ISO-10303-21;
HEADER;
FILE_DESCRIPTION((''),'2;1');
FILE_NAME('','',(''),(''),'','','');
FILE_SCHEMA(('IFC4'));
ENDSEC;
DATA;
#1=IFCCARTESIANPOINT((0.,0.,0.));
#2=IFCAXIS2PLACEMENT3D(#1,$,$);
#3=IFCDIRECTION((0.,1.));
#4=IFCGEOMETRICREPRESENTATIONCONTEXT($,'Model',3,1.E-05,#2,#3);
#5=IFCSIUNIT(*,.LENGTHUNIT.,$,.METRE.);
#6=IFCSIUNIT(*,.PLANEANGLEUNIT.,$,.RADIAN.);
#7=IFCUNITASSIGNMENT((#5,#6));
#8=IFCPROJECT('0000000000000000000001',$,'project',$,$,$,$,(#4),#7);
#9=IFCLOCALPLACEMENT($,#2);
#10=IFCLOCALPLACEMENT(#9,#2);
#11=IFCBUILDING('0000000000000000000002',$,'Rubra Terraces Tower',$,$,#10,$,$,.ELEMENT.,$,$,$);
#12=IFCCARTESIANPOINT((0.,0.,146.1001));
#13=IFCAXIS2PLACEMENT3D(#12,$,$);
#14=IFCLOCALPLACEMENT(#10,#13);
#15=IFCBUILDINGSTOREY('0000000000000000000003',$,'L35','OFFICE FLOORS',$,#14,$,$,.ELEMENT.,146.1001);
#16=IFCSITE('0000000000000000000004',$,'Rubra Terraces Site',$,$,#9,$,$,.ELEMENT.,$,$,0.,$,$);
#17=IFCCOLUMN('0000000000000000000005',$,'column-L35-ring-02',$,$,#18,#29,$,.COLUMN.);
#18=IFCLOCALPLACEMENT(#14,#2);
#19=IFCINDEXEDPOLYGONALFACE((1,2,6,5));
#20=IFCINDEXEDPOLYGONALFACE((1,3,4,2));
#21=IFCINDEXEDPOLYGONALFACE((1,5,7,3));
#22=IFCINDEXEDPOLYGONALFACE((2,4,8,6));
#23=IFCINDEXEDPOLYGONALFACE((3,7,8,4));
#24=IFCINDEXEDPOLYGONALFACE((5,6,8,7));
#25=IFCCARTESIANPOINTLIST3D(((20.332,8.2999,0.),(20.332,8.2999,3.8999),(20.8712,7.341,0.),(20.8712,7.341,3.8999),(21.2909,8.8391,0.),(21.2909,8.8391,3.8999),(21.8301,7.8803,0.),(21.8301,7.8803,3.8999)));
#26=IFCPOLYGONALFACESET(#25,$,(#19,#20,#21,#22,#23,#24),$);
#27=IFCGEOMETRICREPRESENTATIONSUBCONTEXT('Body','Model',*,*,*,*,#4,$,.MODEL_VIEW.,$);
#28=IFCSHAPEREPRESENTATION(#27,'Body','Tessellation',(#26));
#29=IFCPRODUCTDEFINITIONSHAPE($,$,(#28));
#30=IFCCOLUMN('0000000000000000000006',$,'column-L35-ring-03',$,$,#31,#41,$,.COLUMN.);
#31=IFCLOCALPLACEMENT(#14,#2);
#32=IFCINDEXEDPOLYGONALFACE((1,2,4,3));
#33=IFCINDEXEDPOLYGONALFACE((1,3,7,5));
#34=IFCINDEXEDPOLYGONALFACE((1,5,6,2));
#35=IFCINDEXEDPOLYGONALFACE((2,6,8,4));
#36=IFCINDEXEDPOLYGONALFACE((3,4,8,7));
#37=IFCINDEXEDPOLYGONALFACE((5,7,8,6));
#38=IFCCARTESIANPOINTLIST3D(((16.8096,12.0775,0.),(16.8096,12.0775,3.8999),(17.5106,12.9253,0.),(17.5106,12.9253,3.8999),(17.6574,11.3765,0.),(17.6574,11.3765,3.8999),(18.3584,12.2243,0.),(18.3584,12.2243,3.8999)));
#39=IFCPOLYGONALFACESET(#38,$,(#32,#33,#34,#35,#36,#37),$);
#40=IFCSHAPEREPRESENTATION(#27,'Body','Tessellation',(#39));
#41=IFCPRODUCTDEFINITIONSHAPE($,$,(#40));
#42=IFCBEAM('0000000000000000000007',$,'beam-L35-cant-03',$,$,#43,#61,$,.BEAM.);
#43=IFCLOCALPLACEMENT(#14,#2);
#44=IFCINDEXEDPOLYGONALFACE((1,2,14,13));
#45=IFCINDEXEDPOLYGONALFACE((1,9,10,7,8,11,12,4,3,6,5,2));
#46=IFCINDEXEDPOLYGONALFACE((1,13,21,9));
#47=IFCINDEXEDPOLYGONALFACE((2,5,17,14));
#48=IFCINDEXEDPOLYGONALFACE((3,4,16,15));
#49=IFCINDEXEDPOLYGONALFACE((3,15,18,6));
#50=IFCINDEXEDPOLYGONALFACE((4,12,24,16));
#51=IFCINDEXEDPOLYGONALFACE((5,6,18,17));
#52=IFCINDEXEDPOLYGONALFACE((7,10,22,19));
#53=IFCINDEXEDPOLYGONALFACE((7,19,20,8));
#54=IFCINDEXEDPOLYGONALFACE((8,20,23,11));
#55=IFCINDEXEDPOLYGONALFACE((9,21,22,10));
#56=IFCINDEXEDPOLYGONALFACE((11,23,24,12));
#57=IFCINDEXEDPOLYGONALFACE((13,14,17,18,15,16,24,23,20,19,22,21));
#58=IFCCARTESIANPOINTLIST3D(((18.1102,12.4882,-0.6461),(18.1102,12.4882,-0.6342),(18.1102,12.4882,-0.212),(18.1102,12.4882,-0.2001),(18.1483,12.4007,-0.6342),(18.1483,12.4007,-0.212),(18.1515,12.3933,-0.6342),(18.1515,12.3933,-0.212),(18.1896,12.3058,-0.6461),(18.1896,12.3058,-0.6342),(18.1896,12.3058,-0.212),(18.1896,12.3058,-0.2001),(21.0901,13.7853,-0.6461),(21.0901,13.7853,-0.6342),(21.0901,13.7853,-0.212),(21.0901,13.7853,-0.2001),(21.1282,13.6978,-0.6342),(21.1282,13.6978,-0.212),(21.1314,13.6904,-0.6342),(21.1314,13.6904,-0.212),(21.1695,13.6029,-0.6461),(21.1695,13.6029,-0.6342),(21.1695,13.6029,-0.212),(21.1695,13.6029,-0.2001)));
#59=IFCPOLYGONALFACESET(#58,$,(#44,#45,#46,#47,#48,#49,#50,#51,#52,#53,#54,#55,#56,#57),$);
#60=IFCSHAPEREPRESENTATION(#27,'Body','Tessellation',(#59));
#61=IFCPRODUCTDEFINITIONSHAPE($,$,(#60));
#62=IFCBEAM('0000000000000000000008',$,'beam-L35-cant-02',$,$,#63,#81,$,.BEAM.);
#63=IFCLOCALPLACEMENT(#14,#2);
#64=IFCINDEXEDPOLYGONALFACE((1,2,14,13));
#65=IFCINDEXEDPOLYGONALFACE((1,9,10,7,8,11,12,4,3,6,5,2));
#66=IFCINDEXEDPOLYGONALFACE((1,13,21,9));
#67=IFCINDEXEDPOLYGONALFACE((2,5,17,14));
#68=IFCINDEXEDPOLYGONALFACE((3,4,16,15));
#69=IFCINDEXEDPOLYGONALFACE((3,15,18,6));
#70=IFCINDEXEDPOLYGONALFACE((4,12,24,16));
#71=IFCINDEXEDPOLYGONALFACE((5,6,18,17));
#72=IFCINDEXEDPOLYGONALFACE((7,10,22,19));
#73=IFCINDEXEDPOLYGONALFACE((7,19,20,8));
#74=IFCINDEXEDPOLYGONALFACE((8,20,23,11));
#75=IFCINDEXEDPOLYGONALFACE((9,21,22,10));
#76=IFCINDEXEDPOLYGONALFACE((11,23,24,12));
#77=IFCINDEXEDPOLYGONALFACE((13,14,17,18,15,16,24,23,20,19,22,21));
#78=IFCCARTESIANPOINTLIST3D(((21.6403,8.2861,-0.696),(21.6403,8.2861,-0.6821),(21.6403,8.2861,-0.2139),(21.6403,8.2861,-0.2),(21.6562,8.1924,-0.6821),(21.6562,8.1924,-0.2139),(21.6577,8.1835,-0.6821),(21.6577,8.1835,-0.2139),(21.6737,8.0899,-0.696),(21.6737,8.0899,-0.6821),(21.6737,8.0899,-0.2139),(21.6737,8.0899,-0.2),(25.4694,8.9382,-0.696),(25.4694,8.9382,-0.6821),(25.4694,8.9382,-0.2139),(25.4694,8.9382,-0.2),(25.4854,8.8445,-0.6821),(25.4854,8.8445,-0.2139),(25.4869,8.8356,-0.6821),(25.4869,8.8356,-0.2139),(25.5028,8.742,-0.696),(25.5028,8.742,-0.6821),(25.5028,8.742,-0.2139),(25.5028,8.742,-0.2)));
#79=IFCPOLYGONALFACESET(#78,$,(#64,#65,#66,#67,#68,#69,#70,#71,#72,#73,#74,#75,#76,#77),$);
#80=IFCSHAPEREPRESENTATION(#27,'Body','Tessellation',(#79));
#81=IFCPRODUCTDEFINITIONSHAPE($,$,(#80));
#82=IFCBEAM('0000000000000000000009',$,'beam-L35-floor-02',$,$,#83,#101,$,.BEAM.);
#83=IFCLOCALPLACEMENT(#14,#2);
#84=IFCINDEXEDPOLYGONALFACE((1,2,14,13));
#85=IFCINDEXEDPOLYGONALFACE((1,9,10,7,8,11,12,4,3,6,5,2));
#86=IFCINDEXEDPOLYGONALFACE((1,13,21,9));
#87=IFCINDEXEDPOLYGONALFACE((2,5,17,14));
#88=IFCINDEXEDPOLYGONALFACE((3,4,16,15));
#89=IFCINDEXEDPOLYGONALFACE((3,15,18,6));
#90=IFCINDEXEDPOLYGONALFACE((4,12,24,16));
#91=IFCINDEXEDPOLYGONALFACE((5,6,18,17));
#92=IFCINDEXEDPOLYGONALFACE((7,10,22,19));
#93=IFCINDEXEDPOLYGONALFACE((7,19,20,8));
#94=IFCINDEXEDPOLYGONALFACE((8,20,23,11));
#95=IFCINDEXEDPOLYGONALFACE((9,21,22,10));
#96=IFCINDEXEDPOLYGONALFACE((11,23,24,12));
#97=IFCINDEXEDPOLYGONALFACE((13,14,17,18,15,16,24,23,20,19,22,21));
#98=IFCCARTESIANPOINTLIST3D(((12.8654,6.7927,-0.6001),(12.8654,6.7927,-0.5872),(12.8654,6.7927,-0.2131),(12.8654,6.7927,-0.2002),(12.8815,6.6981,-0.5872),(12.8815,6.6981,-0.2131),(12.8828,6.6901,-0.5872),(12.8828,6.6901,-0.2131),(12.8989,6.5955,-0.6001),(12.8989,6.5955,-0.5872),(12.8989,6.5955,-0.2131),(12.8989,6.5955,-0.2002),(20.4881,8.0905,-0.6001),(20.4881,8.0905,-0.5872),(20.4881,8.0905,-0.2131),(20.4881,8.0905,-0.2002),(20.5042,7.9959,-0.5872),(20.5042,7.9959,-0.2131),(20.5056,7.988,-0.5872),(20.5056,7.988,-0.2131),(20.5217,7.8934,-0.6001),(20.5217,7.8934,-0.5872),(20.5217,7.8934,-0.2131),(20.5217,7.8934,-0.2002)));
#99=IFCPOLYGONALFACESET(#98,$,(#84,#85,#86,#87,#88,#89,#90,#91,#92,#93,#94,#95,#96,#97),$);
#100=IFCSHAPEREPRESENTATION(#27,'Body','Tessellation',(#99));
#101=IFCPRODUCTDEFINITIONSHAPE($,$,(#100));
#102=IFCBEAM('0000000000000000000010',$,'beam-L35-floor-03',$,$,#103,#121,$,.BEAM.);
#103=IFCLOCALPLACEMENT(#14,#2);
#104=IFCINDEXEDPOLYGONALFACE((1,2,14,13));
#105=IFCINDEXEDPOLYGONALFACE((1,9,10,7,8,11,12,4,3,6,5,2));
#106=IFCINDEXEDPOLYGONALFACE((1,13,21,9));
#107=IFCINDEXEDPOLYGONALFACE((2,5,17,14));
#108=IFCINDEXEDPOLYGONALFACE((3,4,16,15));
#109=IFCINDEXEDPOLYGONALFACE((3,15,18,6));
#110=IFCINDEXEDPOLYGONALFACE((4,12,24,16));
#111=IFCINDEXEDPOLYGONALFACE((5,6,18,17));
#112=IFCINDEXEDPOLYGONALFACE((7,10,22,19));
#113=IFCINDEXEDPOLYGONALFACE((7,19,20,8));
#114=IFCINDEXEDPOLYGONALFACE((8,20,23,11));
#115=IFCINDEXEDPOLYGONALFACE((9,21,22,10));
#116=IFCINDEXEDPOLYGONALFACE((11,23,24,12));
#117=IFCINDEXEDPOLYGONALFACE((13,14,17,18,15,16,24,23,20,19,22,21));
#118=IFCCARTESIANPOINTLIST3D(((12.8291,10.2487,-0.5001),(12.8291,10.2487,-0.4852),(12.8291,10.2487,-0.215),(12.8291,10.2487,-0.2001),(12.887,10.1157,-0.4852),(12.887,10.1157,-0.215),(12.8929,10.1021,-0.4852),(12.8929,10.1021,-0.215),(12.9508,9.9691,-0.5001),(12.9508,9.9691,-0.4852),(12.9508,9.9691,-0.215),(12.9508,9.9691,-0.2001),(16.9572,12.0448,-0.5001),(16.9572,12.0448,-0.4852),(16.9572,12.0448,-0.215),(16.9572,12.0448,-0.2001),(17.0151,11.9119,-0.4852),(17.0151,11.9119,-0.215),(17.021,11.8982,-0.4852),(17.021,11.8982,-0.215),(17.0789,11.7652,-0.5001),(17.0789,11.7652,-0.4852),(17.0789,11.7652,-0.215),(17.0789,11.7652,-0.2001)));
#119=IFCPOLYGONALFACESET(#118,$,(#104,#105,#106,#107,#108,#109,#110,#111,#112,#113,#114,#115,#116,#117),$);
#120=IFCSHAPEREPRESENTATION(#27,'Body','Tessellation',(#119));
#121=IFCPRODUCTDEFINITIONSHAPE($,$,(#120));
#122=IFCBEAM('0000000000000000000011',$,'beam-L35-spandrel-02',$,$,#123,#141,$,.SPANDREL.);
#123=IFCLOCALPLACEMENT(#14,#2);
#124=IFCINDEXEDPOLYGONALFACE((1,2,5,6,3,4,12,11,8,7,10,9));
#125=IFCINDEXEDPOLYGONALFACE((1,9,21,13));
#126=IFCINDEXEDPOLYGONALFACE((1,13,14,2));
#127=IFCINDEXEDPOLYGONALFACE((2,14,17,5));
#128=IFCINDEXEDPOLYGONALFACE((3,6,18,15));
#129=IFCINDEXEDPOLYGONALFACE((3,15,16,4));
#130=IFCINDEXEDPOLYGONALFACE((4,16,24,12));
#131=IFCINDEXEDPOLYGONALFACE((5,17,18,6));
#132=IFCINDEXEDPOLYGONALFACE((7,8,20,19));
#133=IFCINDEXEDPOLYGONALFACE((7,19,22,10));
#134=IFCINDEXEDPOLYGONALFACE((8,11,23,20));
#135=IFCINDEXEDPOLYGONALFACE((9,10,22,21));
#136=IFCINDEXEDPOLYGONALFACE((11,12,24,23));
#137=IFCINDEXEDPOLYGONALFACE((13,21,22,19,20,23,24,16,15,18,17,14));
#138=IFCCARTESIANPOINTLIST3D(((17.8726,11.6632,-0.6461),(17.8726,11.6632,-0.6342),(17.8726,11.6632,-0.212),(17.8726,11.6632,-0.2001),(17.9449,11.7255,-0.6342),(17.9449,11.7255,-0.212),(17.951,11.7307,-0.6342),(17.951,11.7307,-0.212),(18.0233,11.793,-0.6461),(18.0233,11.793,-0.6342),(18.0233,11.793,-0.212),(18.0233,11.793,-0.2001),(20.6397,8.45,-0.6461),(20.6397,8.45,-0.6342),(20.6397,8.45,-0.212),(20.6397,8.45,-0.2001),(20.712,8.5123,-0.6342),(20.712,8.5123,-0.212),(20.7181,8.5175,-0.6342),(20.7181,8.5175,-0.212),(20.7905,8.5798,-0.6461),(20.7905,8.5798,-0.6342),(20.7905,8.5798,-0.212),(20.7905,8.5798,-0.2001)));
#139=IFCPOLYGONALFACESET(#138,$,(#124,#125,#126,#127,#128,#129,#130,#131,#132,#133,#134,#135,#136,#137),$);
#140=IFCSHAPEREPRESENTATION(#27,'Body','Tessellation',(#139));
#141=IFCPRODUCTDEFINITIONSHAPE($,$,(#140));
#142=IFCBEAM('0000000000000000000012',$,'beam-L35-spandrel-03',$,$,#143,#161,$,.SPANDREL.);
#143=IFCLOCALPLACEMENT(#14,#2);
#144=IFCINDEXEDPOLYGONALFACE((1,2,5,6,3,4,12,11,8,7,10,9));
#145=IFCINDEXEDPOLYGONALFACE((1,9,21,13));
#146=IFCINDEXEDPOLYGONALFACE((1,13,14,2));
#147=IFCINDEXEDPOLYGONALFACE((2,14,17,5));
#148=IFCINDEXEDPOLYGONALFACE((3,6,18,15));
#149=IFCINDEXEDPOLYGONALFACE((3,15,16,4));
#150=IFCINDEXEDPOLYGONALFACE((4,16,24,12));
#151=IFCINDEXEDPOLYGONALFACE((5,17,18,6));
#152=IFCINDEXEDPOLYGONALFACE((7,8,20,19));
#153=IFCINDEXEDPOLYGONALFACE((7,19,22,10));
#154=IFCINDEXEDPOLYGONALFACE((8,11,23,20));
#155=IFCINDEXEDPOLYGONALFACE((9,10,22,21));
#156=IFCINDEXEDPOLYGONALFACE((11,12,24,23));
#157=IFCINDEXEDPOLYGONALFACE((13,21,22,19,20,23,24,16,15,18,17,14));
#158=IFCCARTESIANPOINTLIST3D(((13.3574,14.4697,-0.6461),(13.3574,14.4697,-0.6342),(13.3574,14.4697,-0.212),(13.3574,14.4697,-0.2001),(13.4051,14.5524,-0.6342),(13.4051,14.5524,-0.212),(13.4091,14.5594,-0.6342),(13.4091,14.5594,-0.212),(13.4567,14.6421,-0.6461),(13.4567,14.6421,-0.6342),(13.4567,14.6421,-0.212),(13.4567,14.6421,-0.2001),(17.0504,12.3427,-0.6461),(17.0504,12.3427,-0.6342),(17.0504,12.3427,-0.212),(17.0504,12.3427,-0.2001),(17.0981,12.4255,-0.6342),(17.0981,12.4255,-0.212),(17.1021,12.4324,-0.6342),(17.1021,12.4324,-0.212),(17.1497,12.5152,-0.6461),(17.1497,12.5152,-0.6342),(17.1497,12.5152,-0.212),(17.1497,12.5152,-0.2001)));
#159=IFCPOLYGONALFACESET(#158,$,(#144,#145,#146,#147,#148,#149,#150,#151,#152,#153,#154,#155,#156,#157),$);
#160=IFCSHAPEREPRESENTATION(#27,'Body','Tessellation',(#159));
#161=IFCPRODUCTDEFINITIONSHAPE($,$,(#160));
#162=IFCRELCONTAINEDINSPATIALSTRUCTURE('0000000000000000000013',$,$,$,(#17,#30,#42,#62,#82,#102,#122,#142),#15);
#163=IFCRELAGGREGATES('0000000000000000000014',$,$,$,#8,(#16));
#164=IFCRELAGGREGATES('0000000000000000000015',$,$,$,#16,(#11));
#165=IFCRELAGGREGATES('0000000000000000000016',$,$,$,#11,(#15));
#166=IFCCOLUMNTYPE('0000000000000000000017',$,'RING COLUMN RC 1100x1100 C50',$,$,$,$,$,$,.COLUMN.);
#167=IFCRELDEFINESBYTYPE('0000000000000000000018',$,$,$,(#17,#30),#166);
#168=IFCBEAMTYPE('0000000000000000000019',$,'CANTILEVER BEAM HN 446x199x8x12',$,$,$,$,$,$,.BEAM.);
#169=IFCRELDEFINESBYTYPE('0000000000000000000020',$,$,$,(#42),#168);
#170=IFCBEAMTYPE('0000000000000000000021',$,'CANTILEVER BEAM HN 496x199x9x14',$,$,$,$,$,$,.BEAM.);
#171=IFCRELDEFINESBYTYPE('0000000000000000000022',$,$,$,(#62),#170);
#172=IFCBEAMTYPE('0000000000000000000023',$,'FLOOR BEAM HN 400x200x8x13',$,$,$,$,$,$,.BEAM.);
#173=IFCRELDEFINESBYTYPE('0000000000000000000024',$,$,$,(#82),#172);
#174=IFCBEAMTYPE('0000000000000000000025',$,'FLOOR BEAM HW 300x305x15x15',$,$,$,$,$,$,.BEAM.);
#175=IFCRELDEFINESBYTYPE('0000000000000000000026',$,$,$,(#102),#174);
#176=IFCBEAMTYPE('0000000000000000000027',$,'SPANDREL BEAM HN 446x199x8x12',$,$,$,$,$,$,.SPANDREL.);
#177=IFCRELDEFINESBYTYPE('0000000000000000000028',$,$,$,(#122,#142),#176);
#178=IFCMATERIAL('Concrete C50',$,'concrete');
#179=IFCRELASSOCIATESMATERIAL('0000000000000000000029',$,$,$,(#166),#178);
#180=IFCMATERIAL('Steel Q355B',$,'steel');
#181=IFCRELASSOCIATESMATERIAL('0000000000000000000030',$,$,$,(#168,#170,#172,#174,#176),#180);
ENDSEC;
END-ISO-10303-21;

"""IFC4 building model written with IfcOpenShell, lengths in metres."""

from ifc_helpers import new_model, si_unit, direction, frame, origin, origin_2d, place, context, subcontext, project, spatial, rectangle, i_section, extrude, material, material_profile, profile_set, type_object, element, save


model = new_model("IFC4")

# Units and contexts
model_context = context("Model", 3, precision=1e-05, world=origin(), true_north=direction((0.0, 1.0)))
body_context = subcontext(model_context, "Body", "Model", "MODEL_VIEW")
ifc_project = project(units=[si_unit("LENGTHUNIT", "METRE"), si_unit("PLANEANGLEUNIT", "RADIAN")], contexts=[model_context])

# Site, building, storey
site_placement = place(None, origin())
site = spatial("IfcSite", under=ifc_project, at=site_placement, Name="Rubra Terraces Site", CompositionType="ELEMENT", RefElevation=0.0)
building_placement = place(site_placement, origin())
building = spatial("IfcBuilding", under=site, at=building_placement, Name="Rubra Terraces Tower", CompositionType="ELEMENT")
storey_placement = place(building_placement, frame((0.0, 0.0, 146.1001)))
storey = spatial("IfcBuildingStorey", under=building, at=storey_placement, Name="L35", Description="OFFICE FLOORS", CompositionType="ELEMENT", Elevation=146.1001)

# Columns
ifc_material_1 = material(Name="Concrete C50", Category="concrete")
ifc_material_profile_1 = material_profile(ifc_material_1, rectangle(XDim=1.1001, YDim=1.1001, at=origin_2d()), Name="RC 1100x1100")
ifc_profile_set_1 = profile_set([ifc_material_profile_1], Name="Concrete C50")
column_type = type_object("IfcColumnType", Name="RING COLUMN RC 1100x1100 C50", PredefinedType="COLUMN", material=ifc_profile_set_1)
for number, where, z_axis, x_axis, name in (
    (1, (21.0811, 8.0901, 0.0), (0.0, 0.0, 1.0), (-0.490162, 0.871631, 0.0), "column-L35-ring-02"),
    (2, (17.584, 12.1509, 0.0), (0.0, 0.0, 1.0), (-0.770679, 0.637223, 0.0), "column-L35-ring-03"),
):
    element("IfcColumn", number, at=place(storey_placement, frame(where, z_axis=z_axis, x_axis=x_axis)), inside=storey, type_object=column_type, Name=name, PredefinedType="COLUMN", context=body_context, shape_type="SweptSolid", body=[
        extrude(rectangle(XDim=1.1001, YDim=1.1001, at=origin_2d()), origin(), (0.0, 0.0, 1.0), 3.8999),
    ])

# Beams
ifc_material_2 = material(Name="Steel Q355B", Category="steel")
ifc_material_profile_2 = material_profile(ifc_material_2, i_section(OverallWidth=0.199, OverallDepth=0.446, WebThickness=0.0081, FlangeThickness=0.012, at=origin_2d()), Name="HN 446x199x8x12")
ifc_profile_set_2 = profile_set([ifc_material_profile_2], Name="Steel Q355B")
beam_type_1 = type_object("IfcBeamType", Name="CANTILEVER BEAM HN 446x199x8x12", PredefinedType="BEAM", material=ifc_profile_set_2)
beam_1_placement = place(storey_placement, frame((18.1499, 12.397, -0.4231), z_axis=(0.916904, 0.399108, 0.0), x_axis=(-0.399108, 0.916904, 0.0)))
element("IfcBeam", 3, at=beam_1_placement, inside=storey, type_object=beam_type_1, Name="beam-L35-cant-03", PredefinedType="BEAM", context=body_context, shape_type="SweptSolid", body=[
    extrude(i_section(OverallWidth=0.199, OverallDepth=0.446, WebThickness=0.0081, FlangeThickness=0.012, at=origin_2d()), origin(), (0.0, 0.0, 1.0), 3.25),
])
ifc_material_profile_3 = material_profile(ifc_material_2, i_section(OverallWidth=0.199, OverallDepth=0.4961, WebThickness=0.009, FlangeThickness=0.0139, at=origin_2d()), Name="HN 496x199x9x14")
ifc_profile_set_3 = profile_set([ifc_material_profile_3], Name="Steel Q355B")
beam_type_2 = type_object("IfcBeamType", Name="CANTILEVER BEAM HN 496x199x9x14", PredefinedType="BEAM", material=ifc_profile_set_3)
beam_2_placement = place(storey_placement, frame((21.657, 8.188, -0.448), z_axis=(0.985807, 0.167884, 0.0), x_axis=(-0.167884, 0.985807, 0.0)))
element("IfcBeam", 4, at=beam_2_placement, inside=storey, type_object=beam_type_2, Name="beam-L35-cant-02", PredefinedType="BEAM", context=body_context, shape_type="SweptSolid", body=[
    extrude(i_section(OverallWidth=0.199, OverallDepth=0.4961, WebThickness=0.009, FlangeThickness=0.0139, at=origin_2d()), origin(), (0.0, 0.0, 1.0), 3.8843),
])
ifc_material_profile_4 = material_profile(ifc_material_2, i_section(OverallWidth=0.2, OverallDepth=0.3999, WebThickness=0.0081, FlangeThickness=0.0129, at=origin_2d()), Name="HN 400x200x8x13")
ifc_profile_set_4 = profile_set([ifc_material_profile_4], Name="Steel Q355B")
beam_type_3 = type_object("IfcBeamType", Name="FLOOR BEAM HN 400x200x8x13", PredefinedType="BEAM", material=ifc_profile_set_4)
beam_3_placement = place(storey_placement, frame((20.5049, 7.9919, -0.4001), z_axis=(-0.985814, -0.167844, 0.0), x_axis=(0.167844, -0.985814, 0.0)))
element("IfcBeam", 5, at=beam_3_placement, inside=storey, type_object=beam_type_3, Name="beam-L35-floor-02", PredefinedType="BEAM", context=body_context, shape_type="SweptSolid", body=[
    extrude(i_section(OverallWidth=0.2, OverallDepth=0.3999, WebThickness=0.0081, FlangeThickness=0.0129, at=origin_2d()), origin(), (0.0, 0.0, 1.0), 7.7324),
])
ifc_material_profile_5 = material_profile(ifc_material_2, i_section(OverallWidth=0.3049, OverallDepth=0.3, WebThickness=0.0149, FlangeThickness=0.0149, at=origin_2d()), Name="HW 300x305x15x15")
ifc_profile_set_5 = profile_set([ifc_material_profile_5], Name="Steel Q355B")
beam_type_4 = type_object("IfcBeamType", Name="FLOOR BEAM HW 300x305x15x15", PredefinedType="BEAM", material=ifc_profile_set_5)
beam_4_placement = place(storey_placement, frame((17.0181, 11.905, -0.3501), z_axis=(-0.916966, -0.398966, 0.0), x_axis=(0.398966, -0.916966, 0.0)))
element("IfcBeam", 6, at=beam_4_placement, inside=storey, type_object=beam_type_4, Name="beam-L35-floor-03", PredefinedType="BEAM", context=body_context, shape_type="SweptSolid", body=[
    extrude(i_section(OverallWidth=0.3049, OverallDepth=0.3, WebThickness=0.0149, FlangeThickness=0.0149, at=origin_2d()), origin(), (0.0, 0.0, 1.0), 4.502),
])
ifc_material_profile_6 = material_profile(ifc_material_2, i_section(OverallWidth=0.199, OverallDepth=0.446, WebThickness=0.0081, FlangeThickness=0.012, at=origin_2d()), Name="HN 446x199x8x12")
ifc_profile_set_6 = profile_set([ifc_material_profile_6], Name="Steel Q355B")
beam_type_5 = type_object("IfcBeamType", Name="SPANDREL BEAM HN 446x199x8x12", PredefinedType="SPANDREL", material=ifc_profile_set_6)
beam_5_placement = place(storey_placement, frame((20.7151, 8.5149, -0.4231), z_axis=(-0.652553, 0.757743, 0.0), x_axis=(-0.757743, -0.652553, 0.0)))
element("IfcBeam", 7, at=beam_5_placement, inside=storey, type_object=beam_type_5, Name="beam-L35-spandrel-02", PredefinedType="SPANDREL", context=body_context, shape_type="SweptSolid", body=[
    extrude(i_section(OverallWidth=0.199, OverallDepth=0.446, WebThickness=0.0081, FlangeThickness=0.012, at=origin_2d()), origin(), (0.0, 0.0, 1.0), 4.2405),
])
beam_6_placement = place(storey_placement, frame((17.1001, 12.429, -0.4231), z_axis=(-0.86656, 0.499073, 0.0), x_axis=(-0.499073, -0.86656, 0.0)))
element("IfcBeam", 8, at=beam_6_placement, inside=storey, type_object=beam_type_5, Name="beam-L35-spandrel-03", PredefinedType="SPANDREL", context=body_context, shape_type="SweptSolid", body=[
    extrude(i_section(OverallWidth=0.199, OverallDepth=0.446, WebThickness=0.0081, FlangeThickness=0.012, at=origin_2d()), origin(), (0.0, 0.0, 1.0), 4.2617),
])

save(model, "model.ifc")
